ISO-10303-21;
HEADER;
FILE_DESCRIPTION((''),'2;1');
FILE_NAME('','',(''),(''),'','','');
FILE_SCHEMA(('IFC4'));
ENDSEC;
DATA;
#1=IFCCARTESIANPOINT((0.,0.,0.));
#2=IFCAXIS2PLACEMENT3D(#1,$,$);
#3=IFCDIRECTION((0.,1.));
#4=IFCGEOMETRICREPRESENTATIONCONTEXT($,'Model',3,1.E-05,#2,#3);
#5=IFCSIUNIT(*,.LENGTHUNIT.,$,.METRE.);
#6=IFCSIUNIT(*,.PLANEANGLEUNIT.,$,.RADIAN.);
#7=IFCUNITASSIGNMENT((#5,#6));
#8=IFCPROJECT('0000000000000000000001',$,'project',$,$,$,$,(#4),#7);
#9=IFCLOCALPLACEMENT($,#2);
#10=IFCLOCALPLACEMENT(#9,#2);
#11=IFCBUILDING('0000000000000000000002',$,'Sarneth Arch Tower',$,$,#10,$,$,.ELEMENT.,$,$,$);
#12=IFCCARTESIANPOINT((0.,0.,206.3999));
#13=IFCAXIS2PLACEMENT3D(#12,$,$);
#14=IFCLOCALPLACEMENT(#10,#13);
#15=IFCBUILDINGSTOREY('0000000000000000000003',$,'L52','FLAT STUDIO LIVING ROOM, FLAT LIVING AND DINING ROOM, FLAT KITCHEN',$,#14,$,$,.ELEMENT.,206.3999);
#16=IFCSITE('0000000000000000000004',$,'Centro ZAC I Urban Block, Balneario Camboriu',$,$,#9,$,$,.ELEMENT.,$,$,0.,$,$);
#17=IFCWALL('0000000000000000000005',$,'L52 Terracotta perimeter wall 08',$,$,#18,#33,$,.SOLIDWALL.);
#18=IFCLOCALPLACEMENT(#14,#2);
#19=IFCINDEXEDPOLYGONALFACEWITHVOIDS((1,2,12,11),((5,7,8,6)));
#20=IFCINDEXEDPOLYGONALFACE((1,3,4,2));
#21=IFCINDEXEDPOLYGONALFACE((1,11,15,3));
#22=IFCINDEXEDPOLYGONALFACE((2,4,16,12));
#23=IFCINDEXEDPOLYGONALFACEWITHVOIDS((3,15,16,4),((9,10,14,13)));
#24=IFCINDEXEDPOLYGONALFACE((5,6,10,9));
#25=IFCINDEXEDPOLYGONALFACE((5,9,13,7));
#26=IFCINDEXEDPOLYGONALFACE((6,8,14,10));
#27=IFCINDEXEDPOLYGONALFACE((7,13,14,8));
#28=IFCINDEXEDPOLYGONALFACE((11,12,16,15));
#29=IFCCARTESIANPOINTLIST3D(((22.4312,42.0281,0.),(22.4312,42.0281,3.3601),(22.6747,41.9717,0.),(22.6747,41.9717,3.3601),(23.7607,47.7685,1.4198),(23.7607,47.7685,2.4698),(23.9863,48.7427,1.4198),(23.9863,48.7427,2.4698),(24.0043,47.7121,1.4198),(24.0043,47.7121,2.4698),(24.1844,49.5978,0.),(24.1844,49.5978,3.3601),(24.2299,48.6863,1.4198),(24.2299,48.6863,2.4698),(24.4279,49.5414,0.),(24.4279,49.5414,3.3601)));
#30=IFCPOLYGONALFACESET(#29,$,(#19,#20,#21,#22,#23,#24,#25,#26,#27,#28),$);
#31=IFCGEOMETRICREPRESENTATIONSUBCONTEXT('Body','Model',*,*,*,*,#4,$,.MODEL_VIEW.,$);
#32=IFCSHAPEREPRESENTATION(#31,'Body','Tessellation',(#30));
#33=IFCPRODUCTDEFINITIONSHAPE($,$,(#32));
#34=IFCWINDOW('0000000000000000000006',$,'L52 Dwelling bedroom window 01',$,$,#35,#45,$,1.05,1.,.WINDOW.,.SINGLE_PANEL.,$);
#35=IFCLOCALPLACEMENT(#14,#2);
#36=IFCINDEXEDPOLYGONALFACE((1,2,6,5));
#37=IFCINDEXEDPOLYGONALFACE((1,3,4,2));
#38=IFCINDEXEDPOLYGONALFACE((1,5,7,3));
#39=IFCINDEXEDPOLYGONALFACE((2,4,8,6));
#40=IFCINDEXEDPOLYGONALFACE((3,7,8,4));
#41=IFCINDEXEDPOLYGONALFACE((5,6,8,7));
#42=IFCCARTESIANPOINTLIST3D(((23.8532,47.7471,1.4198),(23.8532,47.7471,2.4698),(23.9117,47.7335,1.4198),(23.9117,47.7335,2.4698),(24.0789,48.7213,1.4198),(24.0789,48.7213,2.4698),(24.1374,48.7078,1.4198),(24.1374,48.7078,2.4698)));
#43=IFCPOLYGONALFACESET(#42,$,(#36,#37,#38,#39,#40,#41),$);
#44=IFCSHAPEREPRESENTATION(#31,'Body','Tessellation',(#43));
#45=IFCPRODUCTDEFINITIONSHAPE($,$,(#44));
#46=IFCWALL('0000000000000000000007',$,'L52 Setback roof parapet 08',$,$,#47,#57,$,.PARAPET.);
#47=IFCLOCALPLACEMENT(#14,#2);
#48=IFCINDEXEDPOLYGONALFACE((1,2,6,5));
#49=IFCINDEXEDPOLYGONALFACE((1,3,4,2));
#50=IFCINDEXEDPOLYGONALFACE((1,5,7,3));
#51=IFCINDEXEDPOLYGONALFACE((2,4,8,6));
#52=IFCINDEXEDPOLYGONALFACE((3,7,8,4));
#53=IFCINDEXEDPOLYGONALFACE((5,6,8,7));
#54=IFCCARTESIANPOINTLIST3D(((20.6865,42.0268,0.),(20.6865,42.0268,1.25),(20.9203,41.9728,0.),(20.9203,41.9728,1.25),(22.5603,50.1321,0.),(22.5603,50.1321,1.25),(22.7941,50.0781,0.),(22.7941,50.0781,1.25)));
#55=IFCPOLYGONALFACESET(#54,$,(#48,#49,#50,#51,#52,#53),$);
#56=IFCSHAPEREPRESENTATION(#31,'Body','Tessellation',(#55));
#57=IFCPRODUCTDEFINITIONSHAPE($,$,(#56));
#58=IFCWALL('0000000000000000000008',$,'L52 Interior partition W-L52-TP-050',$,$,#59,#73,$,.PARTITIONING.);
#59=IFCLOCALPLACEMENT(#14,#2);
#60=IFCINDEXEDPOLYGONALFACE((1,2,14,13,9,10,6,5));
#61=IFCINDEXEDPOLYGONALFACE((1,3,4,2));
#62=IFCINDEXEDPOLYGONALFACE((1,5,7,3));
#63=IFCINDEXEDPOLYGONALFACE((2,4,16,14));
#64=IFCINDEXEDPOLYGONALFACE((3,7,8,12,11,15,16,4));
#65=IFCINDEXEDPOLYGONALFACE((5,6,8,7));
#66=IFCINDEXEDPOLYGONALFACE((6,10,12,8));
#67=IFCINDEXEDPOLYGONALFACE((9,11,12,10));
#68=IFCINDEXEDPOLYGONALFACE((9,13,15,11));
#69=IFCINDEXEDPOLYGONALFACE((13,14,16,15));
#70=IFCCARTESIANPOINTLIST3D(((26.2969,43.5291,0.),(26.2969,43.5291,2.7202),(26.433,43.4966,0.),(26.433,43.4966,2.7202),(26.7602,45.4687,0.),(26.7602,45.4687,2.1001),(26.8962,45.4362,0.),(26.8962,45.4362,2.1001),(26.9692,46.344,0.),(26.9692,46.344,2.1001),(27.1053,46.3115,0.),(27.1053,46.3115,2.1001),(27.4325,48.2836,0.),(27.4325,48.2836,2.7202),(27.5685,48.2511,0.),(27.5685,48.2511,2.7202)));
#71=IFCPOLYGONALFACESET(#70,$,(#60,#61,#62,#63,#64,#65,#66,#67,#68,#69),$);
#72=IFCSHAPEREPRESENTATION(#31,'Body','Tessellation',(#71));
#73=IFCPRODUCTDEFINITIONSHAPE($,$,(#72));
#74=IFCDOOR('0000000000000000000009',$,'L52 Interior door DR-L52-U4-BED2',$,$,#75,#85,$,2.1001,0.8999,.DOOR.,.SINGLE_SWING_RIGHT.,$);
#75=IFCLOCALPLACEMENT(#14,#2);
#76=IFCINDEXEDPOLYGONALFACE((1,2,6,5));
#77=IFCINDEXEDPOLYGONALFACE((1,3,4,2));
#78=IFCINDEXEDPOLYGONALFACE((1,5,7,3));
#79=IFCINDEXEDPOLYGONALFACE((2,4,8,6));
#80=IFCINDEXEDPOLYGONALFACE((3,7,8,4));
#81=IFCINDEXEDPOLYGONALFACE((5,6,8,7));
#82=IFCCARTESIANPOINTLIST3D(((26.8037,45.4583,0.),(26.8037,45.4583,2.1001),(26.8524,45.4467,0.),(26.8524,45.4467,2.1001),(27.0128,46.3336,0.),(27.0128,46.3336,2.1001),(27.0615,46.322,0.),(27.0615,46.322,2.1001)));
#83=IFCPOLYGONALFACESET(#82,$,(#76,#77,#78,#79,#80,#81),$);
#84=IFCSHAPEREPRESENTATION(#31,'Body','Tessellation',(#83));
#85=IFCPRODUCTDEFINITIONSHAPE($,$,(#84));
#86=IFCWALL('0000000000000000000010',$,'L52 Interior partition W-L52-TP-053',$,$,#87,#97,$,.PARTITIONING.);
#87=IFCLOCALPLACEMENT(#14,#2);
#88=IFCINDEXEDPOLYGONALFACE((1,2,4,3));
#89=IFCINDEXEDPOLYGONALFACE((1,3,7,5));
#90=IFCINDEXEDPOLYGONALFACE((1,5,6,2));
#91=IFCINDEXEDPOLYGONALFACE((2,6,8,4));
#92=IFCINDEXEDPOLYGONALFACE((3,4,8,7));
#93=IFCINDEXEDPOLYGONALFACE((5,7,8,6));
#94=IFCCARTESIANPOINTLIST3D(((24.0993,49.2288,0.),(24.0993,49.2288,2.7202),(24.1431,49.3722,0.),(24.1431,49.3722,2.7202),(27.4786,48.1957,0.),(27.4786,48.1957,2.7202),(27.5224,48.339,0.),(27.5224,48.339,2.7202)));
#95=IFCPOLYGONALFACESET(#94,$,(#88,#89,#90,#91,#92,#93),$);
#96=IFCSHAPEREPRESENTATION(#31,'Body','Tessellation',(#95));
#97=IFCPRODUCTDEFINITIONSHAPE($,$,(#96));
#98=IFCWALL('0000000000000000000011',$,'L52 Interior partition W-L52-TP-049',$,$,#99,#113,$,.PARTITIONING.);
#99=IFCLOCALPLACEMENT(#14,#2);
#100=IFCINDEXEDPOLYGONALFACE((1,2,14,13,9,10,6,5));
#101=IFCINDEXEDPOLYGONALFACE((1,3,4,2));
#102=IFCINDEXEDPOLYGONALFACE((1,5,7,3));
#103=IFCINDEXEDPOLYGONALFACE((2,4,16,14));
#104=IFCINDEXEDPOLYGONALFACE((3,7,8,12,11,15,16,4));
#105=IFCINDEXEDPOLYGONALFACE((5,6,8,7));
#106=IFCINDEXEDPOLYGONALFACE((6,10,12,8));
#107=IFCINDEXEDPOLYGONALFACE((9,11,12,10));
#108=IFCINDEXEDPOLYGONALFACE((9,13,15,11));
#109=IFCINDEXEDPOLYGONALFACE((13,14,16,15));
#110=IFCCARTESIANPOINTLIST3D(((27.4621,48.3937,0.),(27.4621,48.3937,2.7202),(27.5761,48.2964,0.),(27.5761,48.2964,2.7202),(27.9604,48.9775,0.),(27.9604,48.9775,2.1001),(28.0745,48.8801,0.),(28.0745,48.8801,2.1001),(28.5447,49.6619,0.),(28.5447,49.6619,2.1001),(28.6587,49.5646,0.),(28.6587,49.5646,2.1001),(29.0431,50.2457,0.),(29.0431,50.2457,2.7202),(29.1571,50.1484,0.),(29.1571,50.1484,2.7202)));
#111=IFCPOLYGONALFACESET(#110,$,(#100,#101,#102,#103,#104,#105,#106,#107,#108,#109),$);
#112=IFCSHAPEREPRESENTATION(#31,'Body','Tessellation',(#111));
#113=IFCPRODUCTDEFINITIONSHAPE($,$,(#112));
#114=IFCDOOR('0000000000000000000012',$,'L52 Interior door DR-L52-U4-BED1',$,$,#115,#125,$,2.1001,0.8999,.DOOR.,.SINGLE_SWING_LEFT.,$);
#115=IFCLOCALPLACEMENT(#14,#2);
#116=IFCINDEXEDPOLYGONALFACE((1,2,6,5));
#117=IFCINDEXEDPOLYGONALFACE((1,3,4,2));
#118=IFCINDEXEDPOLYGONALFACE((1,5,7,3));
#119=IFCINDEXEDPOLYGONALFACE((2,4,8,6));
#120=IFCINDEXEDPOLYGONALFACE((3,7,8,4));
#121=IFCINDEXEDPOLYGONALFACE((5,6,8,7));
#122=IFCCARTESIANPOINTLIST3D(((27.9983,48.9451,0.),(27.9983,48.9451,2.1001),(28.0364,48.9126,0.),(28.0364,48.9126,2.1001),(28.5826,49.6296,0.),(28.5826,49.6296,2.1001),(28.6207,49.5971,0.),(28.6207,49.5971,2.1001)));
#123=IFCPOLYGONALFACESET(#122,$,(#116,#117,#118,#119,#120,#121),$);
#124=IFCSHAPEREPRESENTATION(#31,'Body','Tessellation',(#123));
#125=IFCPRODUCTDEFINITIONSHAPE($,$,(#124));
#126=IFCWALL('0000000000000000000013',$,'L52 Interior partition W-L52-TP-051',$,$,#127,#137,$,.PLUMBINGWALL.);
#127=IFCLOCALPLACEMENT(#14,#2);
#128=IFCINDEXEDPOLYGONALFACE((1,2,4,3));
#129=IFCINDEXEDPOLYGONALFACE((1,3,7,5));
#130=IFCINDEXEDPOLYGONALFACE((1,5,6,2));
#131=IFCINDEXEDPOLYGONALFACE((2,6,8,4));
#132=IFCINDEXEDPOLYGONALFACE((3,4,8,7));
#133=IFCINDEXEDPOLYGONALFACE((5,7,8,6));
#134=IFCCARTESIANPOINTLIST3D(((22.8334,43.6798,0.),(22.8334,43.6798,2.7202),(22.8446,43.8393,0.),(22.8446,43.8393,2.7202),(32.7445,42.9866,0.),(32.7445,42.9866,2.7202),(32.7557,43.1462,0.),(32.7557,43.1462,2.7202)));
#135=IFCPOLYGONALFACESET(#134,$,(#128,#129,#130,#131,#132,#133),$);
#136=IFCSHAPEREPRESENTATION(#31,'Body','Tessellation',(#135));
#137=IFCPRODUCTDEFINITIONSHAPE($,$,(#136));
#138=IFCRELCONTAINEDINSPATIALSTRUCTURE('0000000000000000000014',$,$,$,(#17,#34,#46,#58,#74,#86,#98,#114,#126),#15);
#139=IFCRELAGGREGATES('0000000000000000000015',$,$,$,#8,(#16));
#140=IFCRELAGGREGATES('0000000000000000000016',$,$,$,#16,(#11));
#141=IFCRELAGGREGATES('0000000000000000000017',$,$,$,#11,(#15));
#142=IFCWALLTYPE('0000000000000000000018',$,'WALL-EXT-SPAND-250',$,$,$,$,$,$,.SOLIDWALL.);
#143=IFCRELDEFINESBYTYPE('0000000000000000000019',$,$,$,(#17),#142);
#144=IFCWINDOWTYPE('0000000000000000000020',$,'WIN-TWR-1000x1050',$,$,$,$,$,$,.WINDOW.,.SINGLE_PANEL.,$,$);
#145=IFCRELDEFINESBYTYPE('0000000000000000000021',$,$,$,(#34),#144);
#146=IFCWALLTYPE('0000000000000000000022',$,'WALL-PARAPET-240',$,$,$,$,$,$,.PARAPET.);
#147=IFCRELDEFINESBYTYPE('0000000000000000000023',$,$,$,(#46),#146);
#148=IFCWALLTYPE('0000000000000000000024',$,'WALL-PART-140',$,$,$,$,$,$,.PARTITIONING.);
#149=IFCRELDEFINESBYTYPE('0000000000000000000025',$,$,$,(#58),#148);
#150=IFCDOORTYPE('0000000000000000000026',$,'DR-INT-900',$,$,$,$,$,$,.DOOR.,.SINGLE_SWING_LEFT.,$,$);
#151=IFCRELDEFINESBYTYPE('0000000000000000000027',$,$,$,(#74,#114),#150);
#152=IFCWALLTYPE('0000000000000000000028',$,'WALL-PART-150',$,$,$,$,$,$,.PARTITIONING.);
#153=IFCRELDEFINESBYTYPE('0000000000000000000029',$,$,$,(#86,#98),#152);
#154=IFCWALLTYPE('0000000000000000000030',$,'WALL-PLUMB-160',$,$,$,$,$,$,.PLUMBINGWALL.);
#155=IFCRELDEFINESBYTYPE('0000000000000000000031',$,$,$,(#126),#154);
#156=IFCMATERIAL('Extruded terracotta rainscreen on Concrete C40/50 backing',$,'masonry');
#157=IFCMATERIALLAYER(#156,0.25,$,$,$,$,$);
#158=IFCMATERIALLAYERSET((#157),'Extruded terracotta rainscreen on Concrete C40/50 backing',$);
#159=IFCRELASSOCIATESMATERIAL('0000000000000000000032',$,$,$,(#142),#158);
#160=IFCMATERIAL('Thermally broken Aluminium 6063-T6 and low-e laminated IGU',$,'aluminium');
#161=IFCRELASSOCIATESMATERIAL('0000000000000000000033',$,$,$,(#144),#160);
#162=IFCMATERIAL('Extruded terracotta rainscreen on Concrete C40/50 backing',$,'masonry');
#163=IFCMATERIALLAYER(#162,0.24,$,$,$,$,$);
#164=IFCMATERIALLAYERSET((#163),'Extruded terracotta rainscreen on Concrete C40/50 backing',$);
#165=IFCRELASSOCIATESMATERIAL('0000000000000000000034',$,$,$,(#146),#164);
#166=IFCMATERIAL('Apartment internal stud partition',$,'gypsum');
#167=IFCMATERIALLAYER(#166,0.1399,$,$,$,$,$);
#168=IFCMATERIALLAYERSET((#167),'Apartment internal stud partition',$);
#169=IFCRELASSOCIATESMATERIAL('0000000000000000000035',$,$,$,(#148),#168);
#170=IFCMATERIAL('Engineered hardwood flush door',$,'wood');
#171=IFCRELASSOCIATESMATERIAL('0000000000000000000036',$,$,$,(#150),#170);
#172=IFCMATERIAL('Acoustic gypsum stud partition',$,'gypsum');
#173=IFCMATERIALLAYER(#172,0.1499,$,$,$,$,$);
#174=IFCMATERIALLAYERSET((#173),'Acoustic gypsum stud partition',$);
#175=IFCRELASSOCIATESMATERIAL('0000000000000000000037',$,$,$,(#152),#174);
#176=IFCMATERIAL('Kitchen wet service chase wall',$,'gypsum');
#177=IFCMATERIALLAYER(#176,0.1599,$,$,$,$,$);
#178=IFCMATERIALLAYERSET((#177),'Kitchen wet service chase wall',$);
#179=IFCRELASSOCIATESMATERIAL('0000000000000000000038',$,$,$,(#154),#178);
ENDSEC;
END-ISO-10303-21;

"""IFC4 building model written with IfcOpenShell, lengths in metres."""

from ifc_helpers import new_model, si_unit, direction, frame, frame_2d, origin, place, context, subcontext, project, spatial, rectangle, extrude, material, layer, layer_set, type_object, element, fill, save


model = new_model("IFC4")

# Units and contexts
model_context = context("Model", 3, precision=1e-05, world=origin(), true_north=direction((0.0, 1.0)))
body_context = subcontext(model_context, "Body", "Model", "MODEL_VIEW")
ifc_project = project(units=[si_unit("LENGTHUNIT", "METRE"), si_unit("PLANEANGLEUNIT", "RADIAN")], contexts=[model_context])

# Site, building, storey
site_placement = place(None, origin())
site = spatial("IfcSite", under=ifc_project, at=site_placement, Name="Centro ZAC I Urban Block, Balneario Camboriu", CompositionType="ELEMENT", RefElevation=0.0)
building_placement = place(site_placement, origin())
building = spatial("IfcBuilding", under=site, at=building_placement, Name="Sarneth Arch Tower", CompositionType="ELEMENT")
storey_placement = place(building_placement, frame((0.0, 0.0, 206.3999)))
storey = spatial("IfcBuildingStorey", under=building, at=storey_placement, Name="L52", Description="FLAT STUDIO LIVING ROOM, FLAT LIVING AND DINING ROOM, FLAT KITCHEN", CompositionType="ELEMENT", Elevation=206.3999)

# Wall, opening, window
ifc_material_1 = material(Name="Extruded terracotta rainscreen on Concrete C40/50 backing", Category="masonry")
ifc_layer_1 = layer(ifc_material_1, 0.25)
ifc_layer_set_1 = layer_set([ifc_layer_1], Name="Extruded terracotta rainscreen on Concrete C40/50 backing")
wall_type_1 = type_object("IfcWallType", Name="WALL-EXT-SPAND-250", PredefinedType="SOLIDWALL", material=ifc_layer_set_1)
wall_1_placement = place(storey_placement, frame((24.3062, 49.5696, 0.0), z_axis=(0.0, 0.0, 1.0), x_axis=(-0.225635, -0.974212, 0.0)))
wall_1 = element("IfcWall", 1, at=wall_1_placement, inside=storey, type_object=wall_type_1, Name="L52 Terracotta perimeter wall 08", PredefinedType="SOLIDWALL", context=body_context, shape_type="SweptSolid", body=[
    extrude(rectangle(XDim=7.77, YDim=0.25, at=frame_2d((3.885, 0.0))), origin(), (0.0, 0.0, 1.0), 3.3601),
])
opening_1_placement = place(wall_1_placement, frame((0.8777, 0.0, 1.4199)))
opening_1 = element("IfcOpeningElement", 2, at=opening_1_placement, cuts=wall_1, PredefinedType="OPENING", context=body_context, shape_type="SweptSolid", body=[
    extrude(rectangle(XDim=1.0, YDim=1.05, at=frame_2d((0.5, 0.5249))), frame((0.0, 0.135, 0.0), z_axis=(0.0, -1.0, 0.0), x_axis=(1.0, 0.0, 0.0)), (0.0, 0.0, 1.0), 0.27),
])
ifc_material_2 = material(Name="Thermally broken Aluminium 6063-T6 and low-e laminated IGU", Category="aluminium")
window_type = type_object("IfcWindowType", Name="WIN-TWR-1000x1050", PartitioningType="SINGLE_PANEL", PredefinedType="WINDOW", material=ifc_material_2)
window_placement = place(opening_1_placement, origin())
window = element("IfcWindow", 3, at=window_placement, inside=storey, type_object=window_type, Name="L52 Dwelling bedroom window 01", OverallHeight=1.05, OverallWidth=1.0, PartitioningType="SINGLE_PANEL", PredefinedType="WINDOW", context=body_context, shape_type="SweptSolid", body=[
    extrude(rectangle(XDim=1.0, YDim=1.05, at=frame_2d((0.5, 0.5249))), frame((0.0, 0.03, 0.0), z_axis=(0.0, -1.0, 0.0), x_axis=(1.0, 0.0, 0.0)), (0.0, 0.0, 1.0), 0.0601),
])
fill(opening_1, window)

# Wall
ifc_material_3 = material(Name="Extruded terracotta rainscreen on Concrete C40/50 backing", Category="masonry")
ifc_layer_2 = layer(ifc_material_3, 0.24)
ifc_layer_set_2 = layer_set([ifc_layer_2], Name="Extruded terracotta rainscreen on Concrete C40/50 backing")
wall_type_2 = type_object("IfcWallType", Name="WALL-PARAPET-240", PredefinedType="PARAPET", material=ifc_layer_set_2)
wall_2_placement = place(storey_placement, frame((22.6772, 50.1052, 0.0), z_axis=(0.0, 0.0, 1.0), x_axis=(-0.225241, -0.974303, 0.0)))
element("IfcWall", 4, at=wall_2_placement, inside=storey, type_object=wall_type_2, Name="L52 Setback roof parapet 08", PredefinedType="PARAPET", context=body_context, shape_type="SweptSolid", body=[
    extrude(rectangle(XDim=8.3191, YDim=0.24, at=frame_2d((4.1597, 0.0))), origin(), (0.0, 0.0, 1.0), 1.25),
])

# Wall, opening, door
ifc_material_4 = material(Name="Apartment internal stud partition", Category="gypsum")
ifc_layer_3 = layer(ifc_material_4, 0.1399)
ifc_layer_set_3 = layer_set([ifc_layer_3], Name="Apartment internal stud partition")
wall_type_3 = type_object("IfcWallType", Name="WALL-PART-140", PredefinedType="PARTITIONING", material=ifc_layer_set_3)
wall_3_placement = place(storey_placement, frame((27.5005, 48.2673, 0.0), z_axis=(0.0, 0.0, 1.0), x_axis=(-0.232298, -0.972645, 0.0)))
wall_3 = element("IfcWall", 5, at=wall_3_placement, inside=storey, type_object=wall_type_3, Name="L52 Interior partition W-L52-TP-050", PredefinedType="PARTITIONING", context=body_context, shape_type="SweptSolid", body=[
    extrude(rectangle(XDim=4.8882, YDim=0.1399, at=frame_2d((2.4441, 0.0))), origin(), (0.0, 0.0, 1.0), 2.7202),
])
opening_2_placement = place(wall_3_placement, frame((1.9941, 0.0, 0.0)))
opening_2 = element("IfcOpeningElement", 6, at=opening_2_placement, cuts=wall_3, PredefinedType="OPENING", context=body_context, shape_type="SweptSolid", body=[
    extrude(rectangle(XDim=0.8999, YDim=2.1001, at=frame_2d((0.45, 1.05))), frame((0.0, 0.0798, 0.0), z_axis=(0.0, -1.0, 0.0), x_axis=(1.0, 0.0, 0.0)), (0.0, 0.0, 1.0), 0.1599),
])
ifc_material_5 = material(Name="Engineered hardwood flush door", Category="wood")
door_type_1 = type_object("IfcDoorType", Name="DR-INT-900", OperationType="SINGLE_SWING_LEFT", PredefinedType="DOOR", material=ifc_material_5)
door_1_placement = place(opening_2_placement, origin())
door_1 = element("IfcDoor", 7, at=door_1_placement, inside=storey, type_object=door_type_1, Name="L52 Interior door DR-L52-U4-BED2", OperationType="SINGLE_SWING_RIGHT", OverallHeight=2.1001, OverallWidth=0.8999, PredefinedType="DOOR", context=body_context, shape_type="SweptSolid", body=[
    extrude(rectangle(XDim=0.8999, YDim=2.1001, at=frame_2d((0.45, 1.05))), frame((0.0, 0.0249, 0.0), z_axis=(0.0, -1.0, 0.0), x_axis=(1.0, 0.0, 0.0)), (0.0, 0.0, 1.0), 0.05),
])
fill(opening_2, door_1)

# Wall
ifc_material_6 = material(Name="Acoustic gypsum stud partition", Category="gypsum")
ifc_layer_4 = layer(ifc_material_6, 0.1499)
ifc_layer_set_4 = layer_set([ifc_layer_4], Name="Acoustic gypsum stud partition")
wall_type_4 = type_object("IfcWallType", Name="WALL-PART-150", PredefinedType="PARTITIONING", material=ifc_layer_set_4)
wall_4_placement = place(storey_placement, frame((27.5005, 48.2673, 0.0), z_axis=(0.0, 0.0, 1.0), x_axis=(-0.956303, 0.292377, 0.0)))
element("IfcWall", 8, at=wall_4_placement, inside=storey, type_object=wall_type_4, Name="L52 Interior partition W-L52-TP-053", PredefinedType="PARTITIONING", context=body_context, shape_type="SweptSolid", body=[
    extrude(rectangle(XDim=3.5337, YDim=0.1499, at=frame_2d((1.7668, 0.0))), origin(), (0.0, 0.0, 1.0), 2.7202),
])

# Wall, opening, door
wall_5_placement = place(storey_placement, frame((29.1001, 50.197, 0.0), z_axis=(0.0, 0.0, 1.0), x_axis=(-0.649271, -0.760557, 0.0)))
wall_5 = element("IfcWall", 9, at=wall_5_placement, inside=storey, type_object=wall_type_4, Name="L52 Interior partition W-L52-TP-049", PredefinedType="PARTITIONING", context=body_context, shape_type="SweptSolid", body=[
    extrude(rectangle(XDim=2.4351, YDim=0.1499, at=frame_2d((1.2175, 0.0))), origin(), (0.0, 0.0, 1.0), 2.7202),
])
opening_3_placement = place(wall_5_placement, frame((0.7676, 0.0, 0.0)))
opening_3 = element("IfcOpeningElement", 10, at=opening_3_placement, cuts=wall_5, PredefinedType="OPENING", context=body_context, shape_type="SweptSolid", body=[
    extrude(rectangle(XDim=0.8999, YDim=2.1001, at=frame_2d((0.45, 1.05))), frame((0.0, 0.085, 0.0), z_axis=(0.0, -1.0, 0.0), x_axis=(1.0, 0.0, 0.0)), (0.0, 0.0, 1.0), 0.1699),
])
door_2_placement = place(opening_3_placement, origin())
door_2 = element("IfcDoor", 11, at=door_2_placement, inside=storey, type_object=door_type_1, Name="L52 Interior door DR-L52-U4-BED1", OperationType="SINGLE_SWING_LEFT", OverallHeight=2.1001, OverallWidth=0.8999, PredefinedType="DOOR", context=body_context, shape_type="SweptSolid", body=[
    extrude(rectangle(XDim=0.8999, YDim=2.1001, at=frame_2d((0.45, 1.05))), frame((0.0, 0.0249, 0.0), z_axis=(0.0, -1.0, 0.0), x_axis=(1.0, 0.0, 0.0)), (0.0, 0.0, 1.0), 0.05),
])
fill(opening_3, door_2)

# Wall
ifc_material_7 = material(Name="Kitchen wet service chase wall", Category="gypsum")
ifc_layer_5 = layer(ifc_material_7, 0.1599)
ifc_layer_set_5 = layer_set([ifc_layer_5], Name="Kitchen wet service chase wall")
wall_type_5 = type_object("IfcWallType", Name="WALL-PLUMB-160", PredefinedType="PLUMBINGWALL", material=ifc_layer_set_5)
wall_6_placement = place(storey_placement, frame((22.8389, 43.7595, 0.0), z_axis=(0.0, 0.0, 1.0), x_axis=(0.997564, -0.069763, 0.0)))
element("IfcWall", 12, at=wall_6_placement, inside=storey, type_object=wall_type_5, Name="L52 Interior partition W-L52-TP-051", PredefinedType="PLUMBINGWALL", context=body_context, shape_type="SweptSolid", body=[
    extrude(rectangle(XDim=9.9353, YDim=0.1599, at=frame_2d((4.9678, 0.0))), origin(), (0.0, 0.0, 1.0), 2.7202),
])

save(model, "model.ifc")
